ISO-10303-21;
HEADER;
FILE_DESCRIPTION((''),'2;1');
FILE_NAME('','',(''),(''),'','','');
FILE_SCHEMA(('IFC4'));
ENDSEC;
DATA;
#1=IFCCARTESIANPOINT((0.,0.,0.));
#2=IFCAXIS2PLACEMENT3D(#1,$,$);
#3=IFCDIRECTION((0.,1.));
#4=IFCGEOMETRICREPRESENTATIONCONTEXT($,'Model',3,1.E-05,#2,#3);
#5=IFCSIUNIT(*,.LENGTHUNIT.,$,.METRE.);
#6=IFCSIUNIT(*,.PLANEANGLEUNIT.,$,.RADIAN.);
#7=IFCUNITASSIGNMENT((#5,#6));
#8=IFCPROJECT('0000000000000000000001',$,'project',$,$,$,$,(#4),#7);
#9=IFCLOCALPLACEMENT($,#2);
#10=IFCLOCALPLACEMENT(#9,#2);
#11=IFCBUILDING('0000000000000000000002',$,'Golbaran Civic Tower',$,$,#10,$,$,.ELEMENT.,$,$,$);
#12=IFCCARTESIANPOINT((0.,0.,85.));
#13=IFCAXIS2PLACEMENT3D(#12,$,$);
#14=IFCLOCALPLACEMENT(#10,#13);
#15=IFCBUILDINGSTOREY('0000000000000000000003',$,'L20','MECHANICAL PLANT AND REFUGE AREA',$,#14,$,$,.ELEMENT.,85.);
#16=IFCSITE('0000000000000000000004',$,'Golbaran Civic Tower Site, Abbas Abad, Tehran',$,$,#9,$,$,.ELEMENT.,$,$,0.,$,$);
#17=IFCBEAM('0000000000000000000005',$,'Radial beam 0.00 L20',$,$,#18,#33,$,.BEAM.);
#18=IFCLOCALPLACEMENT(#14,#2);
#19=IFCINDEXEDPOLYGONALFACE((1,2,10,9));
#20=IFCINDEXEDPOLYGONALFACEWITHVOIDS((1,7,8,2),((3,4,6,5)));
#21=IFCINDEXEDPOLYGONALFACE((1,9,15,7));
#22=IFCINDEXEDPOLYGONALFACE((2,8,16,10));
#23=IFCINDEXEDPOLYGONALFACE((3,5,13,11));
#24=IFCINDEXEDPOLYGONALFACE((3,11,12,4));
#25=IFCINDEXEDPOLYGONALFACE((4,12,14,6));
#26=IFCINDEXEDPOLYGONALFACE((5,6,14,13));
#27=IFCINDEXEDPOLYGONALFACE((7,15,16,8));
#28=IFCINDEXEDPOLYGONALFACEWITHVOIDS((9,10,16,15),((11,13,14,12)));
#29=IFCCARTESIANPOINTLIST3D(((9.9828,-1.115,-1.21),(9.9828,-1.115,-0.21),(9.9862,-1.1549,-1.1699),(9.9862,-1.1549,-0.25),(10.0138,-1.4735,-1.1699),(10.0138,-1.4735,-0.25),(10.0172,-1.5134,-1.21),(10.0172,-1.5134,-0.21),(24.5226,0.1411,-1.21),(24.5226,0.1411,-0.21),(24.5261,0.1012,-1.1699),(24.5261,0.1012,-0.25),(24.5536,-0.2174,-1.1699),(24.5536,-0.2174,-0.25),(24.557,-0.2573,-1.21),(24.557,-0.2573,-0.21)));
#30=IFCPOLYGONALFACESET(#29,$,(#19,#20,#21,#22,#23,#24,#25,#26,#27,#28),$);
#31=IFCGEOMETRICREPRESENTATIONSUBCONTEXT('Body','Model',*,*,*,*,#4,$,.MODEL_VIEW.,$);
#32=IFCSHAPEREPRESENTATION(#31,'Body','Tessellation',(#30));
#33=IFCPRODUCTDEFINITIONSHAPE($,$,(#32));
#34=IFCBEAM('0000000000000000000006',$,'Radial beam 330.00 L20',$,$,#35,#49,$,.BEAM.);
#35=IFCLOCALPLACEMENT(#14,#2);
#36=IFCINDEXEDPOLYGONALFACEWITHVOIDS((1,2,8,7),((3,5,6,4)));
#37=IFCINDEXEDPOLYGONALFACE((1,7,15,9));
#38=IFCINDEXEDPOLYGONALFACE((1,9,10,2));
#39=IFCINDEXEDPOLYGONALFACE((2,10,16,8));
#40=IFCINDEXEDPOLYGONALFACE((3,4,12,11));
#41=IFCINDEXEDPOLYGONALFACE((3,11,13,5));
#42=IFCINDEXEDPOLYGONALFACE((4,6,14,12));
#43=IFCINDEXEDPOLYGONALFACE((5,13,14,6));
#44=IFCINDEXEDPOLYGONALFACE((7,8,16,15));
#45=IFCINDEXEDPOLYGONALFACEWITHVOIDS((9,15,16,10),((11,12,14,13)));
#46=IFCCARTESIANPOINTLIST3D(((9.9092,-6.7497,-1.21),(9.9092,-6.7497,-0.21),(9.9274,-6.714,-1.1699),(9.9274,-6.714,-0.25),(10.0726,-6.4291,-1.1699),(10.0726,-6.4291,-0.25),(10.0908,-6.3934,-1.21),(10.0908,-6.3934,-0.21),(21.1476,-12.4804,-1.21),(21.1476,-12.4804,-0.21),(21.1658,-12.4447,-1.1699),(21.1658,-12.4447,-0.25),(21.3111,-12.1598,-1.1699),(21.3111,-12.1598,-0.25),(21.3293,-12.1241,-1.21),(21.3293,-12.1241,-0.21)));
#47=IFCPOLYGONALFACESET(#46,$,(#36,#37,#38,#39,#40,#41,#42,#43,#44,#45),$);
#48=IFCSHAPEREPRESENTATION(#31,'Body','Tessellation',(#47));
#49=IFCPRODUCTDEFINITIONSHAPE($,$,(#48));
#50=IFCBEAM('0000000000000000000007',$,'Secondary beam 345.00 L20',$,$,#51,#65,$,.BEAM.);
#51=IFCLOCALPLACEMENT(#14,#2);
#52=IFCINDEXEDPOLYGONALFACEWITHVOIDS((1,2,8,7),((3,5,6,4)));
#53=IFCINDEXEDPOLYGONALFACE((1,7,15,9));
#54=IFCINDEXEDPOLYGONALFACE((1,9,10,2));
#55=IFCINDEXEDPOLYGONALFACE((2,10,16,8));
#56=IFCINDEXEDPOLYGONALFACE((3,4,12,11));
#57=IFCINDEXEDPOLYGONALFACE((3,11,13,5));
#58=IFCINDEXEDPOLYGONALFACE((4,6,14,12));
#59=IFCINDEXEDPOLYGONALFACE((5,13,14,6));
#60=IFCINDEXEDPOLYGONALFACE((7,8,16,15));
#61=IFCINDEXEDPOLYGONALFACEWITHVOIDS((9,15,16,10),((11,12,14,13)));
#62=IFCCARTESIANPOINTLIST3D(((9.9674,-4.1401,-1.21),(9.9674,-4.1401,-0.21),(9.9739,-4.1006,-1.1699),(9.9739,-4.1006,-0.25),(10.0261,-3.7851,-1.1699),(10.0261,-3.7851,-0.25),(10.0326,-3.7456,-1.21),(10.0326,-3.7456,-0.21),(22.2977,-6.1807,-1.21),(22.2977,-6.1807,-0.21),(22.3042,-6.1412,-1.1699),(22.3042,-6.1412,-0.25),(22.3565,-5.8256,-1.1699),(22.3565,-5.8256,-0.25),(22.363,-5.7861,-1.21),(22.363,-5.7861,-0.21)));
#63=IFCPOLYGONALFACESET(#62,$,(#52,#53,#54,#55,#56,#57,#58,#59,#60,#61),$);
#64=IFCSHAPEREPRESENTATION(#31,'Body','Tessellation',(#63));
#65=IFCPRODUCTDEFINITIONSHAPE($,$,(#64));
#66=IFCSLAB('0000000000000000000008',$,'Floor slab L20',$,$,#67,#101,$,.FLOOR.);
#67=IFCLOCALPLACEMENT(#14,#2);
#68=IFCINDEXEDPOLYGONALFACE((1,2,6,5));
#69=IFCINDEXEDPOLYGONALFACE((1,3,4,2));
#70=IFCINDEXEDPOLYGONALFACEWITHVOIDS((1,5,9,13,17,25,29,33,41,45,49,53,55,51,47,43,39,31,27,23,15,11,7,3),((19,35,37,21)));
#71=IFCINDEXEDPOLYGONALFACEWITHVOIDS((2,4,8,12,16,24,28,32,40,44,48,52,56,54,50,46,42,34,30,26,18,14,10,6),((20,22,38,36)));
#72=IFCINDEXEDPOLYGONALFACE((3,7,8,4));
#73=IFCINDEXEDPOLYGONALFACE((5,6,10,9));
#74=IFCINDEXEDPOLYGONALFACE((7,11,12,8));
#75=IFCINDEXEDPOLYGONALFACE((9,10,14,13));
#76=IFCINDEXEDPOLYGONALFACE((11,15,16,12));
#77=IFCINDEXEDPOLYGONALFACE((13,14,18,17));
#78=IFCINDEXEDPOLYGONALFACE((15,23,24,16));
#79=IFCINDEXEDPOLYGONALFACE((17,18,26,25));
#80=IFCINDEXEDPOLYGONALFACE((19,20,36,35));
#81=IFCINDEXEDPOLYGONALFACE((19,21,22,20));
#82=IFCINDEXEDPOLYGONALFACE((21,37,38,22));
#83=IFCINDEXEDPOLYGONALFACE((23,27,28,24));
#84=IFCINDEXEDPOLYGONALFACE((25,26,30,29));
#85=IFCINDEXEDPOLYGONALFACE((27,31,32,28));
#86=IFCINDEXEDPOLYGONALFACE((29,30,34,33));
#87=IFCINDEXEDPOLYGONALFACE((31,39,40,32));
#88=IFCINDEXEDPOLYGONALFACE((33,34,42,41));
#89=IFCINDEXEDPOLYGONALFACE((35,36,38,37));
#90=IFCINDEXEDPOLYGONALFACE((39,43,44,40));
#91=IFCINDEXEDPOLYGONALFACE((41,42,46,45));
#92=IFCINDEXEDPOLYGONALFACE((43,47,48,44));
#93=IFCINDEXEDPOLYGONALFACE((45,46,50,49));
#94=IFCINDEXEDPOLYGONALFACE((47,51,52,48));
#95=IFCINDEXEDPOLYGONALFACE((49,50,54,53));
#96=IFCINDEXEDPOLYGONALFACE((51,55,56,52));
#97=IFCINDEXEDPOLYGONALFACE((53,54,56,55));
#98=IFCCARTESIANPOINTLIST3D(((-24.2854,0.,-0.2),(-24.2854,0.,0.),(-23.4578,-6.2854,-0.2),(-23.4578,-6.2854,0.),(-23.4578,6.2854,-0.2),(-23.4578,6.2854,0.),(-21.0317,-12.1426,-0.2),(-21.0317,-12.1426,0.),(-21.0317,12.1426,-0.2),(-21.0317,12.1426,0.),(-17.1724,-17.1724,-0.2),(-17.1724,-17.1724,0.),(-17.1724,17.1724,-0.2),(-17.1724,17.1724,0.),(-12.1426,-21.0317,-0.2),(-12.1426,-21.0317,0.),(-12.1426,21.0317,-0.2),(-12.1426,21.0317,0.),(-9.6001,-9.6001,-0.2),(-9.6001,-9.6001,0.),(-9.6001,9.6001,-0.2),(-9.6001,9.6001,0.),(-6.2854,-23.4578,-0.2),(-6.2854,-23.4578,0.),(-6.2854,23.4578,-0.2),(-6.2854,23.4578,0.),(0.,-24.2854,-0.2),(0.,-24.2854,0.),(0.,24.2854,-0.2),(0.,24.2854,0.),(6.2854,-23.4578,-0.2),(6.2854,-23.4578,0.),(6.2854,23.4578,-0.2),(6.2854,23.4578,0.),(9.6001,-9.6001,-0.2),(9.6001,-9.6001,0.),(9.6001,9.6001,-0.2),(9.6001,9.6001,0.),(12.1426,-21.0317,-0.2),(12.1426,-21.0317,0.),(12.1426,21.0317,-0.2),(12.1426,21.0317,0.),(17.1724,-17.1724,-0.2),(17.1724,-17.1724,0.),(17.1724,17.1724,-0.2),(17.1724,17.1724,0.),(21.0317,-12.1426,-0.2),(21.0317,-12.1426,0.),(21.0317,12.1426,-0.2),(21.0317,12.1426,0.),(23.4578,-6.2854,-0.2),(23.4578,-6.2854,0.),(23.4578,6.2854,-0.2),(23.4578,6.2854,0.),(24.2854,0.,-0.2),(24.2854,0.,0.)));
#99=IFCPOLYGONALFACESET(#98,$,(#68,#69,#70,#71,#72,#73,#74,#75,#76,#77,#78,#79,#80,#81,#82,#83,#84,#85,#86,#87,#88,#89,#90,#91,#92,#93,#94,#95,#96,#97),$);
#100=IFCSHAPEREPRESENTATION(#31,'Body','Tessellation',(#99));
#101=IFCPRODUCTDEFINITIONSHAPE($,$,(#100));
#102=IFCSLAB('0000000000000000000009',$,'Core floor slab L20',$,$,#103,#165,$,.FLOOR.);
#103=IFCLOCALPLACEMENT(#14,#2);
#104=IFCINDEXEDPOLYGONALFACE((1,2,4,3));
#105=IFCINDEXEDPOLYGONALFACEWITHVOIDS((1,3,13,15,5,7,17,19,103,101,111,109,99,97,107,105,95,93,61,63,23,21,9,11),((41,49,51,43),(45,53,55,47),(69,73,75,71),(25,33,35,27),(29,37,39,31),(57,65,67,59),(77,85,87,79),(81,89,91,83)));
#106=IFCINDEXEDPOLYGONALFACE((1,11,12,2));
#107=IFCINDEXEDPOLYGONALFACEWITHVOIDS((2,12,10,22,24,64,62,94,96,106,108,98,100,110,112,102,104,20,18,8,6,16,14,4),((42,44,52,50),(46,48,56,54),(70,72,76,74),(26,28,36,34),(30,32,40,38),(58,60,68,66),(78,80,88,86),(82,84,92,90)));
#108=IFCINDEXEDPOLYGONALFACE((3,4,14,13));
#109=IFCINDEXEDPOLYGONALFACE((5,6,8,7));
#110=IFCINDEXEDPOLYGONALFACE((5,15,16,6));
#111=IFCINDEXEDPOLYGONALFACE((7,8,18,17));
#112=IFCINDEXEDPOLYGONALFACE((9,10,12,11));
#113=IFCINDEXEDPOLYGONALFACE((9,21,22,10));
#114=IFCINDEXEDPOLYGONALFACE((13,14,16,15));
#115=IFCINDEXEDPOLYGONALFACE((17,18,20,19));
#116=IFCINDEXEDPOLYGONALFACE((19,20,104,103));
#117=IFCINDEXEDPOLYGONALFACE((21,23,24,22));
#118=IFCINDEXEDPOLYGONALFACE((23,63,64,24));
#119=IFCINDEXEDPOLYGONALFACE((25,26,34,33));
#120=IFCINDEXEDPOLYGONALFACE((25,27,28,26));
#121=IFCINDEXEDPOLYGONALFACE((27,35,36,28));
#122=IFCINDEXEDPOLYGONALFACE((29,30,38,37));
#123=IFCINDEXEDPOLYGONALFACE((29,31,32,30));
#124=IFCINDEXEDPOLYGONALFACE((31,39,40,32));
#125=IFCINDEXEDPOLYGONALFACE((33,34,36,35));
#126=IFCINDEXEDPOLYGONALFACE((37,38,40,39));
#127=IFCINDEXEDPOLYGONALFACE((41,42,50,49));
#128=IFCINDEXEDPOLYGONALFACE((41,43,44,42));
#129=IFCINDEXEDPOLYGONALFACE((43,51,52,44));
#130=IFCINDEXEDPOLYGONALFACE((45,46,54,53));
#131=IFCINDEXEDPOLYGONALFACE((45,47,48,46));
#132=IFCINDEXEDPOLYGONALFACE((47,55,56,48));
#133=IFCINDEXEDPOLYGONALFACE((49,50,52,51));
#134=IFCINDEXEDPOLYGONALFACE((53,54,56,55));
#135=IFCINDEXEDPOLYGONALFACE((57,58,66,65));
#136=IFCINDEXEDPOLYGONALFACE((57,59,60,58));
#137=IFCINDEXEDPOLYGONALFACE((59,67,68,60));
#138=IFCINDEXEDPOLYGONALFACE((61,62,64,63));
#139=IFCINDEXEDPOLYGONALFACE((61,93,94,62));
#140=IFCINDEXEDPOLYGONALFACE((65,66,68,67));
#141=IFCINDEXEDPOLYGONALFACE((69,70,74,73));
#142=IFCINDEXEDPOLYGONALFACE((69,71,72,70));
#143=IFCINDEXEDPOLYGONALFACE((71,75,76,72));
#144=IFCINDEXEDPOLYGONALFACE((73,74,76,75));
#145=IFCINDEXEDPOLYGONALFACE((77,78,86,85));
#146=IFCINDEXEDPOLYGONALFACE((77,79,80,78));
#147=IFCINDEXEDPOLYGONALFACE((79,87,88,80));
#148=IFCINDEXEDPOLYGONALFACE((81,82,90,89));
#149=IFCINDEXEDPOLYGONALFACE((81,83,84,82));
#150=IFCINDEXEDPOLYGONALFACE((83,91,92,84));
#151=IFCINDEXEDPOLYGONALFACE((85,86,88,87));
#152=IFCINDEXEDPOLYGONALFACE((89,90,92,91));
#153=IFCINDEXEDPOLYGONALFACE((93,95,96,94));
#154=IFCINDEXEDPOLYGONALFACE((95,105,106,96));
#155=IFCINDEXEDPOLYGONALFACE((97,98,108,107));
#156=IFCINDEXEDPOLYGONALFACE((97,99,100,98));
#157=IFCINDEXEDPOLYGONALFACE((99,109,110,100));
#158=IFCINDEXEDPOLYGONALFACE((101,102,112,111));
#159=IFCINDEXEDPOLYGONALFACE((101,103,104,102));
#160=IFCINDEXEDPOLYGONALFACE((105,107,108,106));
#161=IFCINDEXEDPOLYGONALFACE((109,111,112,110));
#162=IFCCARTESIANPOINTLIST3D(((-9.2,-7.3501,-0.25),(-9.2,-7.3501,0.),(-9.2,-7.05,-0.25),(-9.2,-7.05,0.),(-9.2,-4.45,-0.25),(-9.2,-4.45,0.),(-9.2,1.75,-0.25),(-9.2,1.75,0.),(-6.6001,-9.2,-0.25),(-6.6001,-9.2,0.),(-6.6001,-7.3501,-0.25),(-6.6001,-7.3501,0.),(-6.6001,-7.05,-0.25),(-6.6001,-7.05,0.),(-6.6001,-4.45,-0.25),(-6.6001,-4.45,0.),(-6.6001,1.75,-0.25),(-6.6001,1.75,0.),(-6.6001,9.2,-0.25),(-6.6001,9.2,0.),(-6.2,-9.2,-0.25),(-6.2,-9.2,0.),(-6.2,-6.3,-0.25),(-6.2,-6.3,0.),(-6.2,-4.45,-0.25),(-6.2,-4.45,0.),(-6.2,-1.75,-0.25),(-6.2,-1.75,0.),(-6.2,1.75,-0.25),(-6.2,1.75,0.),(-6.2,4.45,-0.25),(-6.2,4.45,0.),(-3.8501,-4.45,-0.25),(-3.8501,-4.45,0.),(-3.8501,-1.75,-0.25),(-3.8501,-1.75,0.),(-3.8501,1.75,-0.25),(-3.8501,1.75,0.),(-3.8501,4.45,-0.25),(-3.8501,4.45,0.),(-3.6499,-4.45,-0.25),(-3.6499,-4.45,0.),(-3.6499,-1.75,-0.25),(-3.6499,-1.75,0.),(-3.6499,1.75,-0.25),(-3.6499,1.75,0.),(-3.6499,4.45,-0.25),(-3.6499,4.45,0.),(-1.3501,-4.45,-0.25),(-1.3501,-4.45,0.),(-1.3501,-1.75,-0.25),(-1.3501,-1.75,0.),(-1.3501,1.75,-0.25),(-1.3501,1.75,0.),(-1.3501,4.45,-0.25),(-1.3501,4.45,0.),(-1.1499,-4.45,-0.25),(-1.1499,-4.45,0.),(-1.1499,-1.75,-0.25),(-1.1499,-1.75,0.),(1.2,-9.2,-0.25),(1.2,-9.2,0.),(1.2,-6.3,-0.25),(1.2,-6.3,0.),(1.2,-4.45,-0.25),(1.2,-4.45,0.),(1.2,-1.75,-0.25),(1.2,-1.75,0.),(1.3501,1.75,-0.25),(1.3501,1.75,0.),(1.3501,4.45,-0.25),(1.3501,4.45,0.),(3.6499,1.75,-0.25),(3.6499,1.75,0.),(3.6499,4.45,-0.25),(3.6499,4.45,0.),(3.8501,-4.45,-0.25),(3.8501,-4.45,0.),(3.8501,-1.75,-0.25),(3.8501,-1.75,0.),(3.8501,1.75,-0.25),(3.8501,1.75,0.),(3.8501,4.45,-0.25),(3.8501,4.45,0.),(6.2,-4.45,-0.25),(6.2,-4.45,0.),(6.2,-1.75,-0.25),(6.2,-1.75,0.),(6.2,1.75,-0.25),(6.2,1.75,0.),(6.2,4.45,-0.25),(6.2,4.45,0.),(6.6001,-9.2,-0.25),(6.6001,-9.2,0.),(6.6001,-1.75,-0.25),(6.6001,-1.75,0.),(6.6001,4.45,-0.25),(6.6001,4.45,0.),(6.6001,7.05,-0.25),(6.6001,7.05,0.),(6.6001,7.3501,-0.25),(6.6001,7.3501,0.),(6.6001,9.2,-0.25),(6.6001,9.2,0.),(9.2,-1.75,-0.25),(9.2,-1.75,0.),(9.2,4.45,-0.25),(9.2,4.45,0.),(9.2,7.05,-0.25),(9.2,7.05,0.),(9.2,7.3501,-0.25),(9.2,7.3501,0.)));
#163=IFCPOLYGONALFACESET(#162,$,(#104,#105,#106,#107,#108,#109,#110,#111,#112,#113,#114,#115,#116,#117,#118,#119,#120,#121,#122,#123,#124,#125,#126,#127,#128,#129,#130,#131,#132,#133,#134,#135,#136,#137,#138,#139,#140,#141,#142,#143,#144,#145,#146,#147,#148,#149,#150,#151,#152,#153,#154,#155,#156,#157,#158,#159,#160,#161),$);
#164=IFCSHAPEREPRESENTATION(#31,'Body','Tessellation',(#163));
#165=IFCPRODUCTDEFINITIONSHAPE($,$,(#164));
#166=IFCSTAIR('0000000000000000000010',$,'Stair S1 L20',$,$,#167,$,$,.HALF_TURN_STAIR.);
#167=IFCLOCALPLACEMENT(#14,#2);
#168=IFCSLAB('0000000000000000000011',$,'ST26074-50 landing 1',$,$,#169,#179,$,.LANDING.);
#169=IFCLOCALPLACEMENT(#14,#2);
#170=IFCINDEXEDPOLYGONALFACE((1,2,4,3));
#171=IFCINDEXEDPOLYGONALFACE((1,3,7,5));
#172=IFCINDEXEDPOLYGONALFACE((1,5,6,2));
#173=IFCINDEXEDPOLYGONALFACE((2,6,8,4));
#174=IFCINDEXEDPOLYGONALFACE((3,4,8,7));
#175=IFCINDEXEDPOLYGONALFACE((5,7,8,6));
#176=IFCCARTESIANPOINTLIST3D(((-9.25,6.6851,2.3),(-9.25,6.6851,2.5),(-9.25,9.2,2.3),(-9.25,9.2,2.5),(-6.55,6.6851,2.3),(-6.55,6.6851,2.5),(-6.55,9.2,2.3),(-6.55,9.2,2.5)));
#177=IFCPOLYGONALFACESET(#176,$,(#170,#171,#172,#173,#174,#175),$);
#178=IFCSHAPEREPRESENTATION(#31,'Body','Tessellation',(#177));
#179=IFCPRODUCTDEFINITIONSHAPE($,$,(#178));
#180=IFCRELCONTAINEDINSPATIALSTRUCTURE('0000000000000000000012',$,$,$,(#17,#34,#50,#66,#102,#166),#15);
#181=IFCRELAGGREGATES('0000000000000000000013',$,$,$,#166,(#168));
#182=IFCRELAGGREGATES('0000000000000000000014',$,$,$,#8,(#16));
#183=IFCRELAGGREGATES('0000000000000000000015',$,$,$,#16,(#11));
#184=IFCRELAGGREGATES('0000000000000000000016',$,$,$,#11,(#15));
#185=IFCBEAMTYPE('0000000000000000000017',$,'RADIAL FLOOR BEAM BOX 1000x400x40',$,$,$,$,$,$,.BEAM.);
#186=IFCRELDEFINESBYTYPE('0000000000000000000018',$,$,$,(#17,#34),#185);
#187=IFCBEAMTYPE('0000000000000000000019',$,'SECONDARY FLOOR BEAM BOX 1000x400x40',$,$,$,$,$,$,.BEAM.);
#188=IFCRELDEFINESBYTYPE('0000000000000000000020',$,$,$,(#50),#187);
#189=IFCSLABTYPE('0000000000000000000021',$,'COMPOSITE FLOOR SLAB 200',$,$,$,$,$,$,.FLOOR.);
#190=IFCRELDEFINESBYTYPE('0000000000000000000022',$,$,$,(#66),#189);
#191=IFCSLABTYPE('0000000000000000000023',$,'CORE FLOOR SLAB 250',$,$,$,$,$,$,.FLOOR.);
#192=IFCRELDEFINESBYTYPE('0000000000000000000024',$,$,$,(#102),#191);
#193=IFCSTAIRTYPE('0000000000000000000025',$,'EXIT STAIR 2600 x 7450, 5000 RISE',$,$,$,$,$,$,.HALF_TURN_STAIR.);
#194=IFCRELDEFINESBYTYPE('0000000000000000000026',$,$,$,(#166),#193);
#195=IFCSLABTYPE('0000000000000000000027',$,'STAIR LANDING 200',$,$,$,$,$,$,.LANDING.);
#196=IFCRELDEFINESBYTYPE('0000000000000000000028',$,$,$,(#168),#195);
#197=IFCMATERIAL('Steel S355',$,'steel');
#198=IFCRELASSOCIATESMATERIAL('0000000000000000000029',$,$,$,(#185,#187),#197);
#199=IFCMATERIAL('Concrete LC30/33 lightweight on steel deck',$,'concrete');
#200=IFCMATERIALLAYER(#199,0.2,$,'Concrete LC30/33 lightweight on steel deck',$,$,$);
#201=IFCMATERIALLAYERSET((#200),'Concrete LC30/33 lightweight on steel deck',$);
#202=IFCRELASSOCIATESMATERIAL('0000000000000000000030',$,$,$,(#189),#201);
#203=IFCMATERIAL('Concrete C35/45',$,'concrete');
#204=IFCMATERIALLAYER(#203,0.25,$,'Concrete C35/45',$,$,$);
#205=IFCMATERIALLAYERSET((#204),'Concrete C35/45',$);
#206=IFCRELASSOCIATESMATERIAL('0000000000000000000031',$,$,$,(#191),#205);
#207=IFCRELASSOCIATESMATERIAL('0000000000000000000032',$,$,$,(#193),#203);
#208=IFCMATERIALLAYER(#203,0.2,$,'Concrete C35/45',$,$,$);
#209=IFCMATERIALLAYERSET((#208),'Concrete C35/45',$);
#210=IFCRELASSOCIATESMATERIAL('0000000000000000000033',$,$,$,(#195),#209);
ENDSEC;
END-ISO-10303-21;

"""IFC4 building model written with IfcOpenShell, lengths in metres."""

from ifc_helpers import new_model, si_unit, direction, frame, origin, origin_2d, place, context, subcontext, project, spatial, polyline, hollow_rectangle, outline, extrude, material, layer, layer_set, material_profile, profile_set, type_object, element, aggregate, save


model = new_model("IFC4")

# Units and contexts
model_context = context("Model", 3, precision=1e-05, world=origin(), true_north=direction((0.0, 1.0)))
body_context = subcontext(model_context, "Body", "Model", "MODEL_VIEW")
ifc_project = project(units=[si_unit("LENGTHUNIT", "METRE"), si_unit("PLANEANGLEUNIT", "RADIAN")], contexts=[model_context])

# Site, building, storey
site_placement = place(None, origin())
site = spatial("IfcSite", under=ifc_project, at=site_placement, Name="Golbaran Civic Tower Site, Abbas Abad, Tehran", CompositionType="ELEMENT", RefElevation=0.0)
building_placement = place(site_placement, origin())
building = spatial("IfcBuilding", under=site, at=building_placement, Name="Golbaran Civic Tower", CompositionType="ELEMENT")
storey_placement = place(building_placement, frame((0.0, 0.0, 85.0)))
storey = spatial("IfcBuildingStorey", under=building, at=storey_placement, Name="L20", Description="MECHANICAL PLANT AND REFUGE AREA", CompositionType="ELEMENT", Elevation=85.0)

# Beams
ifc_material_1 = material(Name="Steel S355", Category="steel")
ifc_material_profile_1 = material_profile(ifc_material_1, hollow_rectangle(XDim=0.3999, YDim=1.0, WallThickness=0.04, at=origin_2d()), Name="BOX 1000x400x40")
ifc_profile_set_1 = profile_set([ifc_material_profile_1], Name="Steel S355")
beam_type_1 = type_object("IfcBeamType", Name="RADIAL FLOOR BEAM BOX 1000x400x40", PredefinedType="BEAM", material=ifc_profile_set_1)
beam_1_placement = place(storey_placement, frame((10.0, -1.3142, -0.71), z_axis=(0.996289, 0.08607, 0.0), x_axis=(-0.08607, 0.996289, 0.0)))
element("IfcBeam", 1, at=beam_1_placement, inside=storey, type_object=beam_type_1, Name="Radial beam 0.00 L20", PredefinedType="BEAM", context=body_context, shape_type="SweptSolid", body=[
    extrude(hollow_rectangle(XDim=0.3999, YDim=1.0, WallThickness=0.04, at=origin_2d()), origin(), (0.0, 0.0, 1.0), 14.594),
])
beam_2_placement = place(storey_placement, frame((10.0, -6.5715, -0.71), z_axis=(0.890865, -0.454267, 0.0), x_axis=(0.454267, 0.890865, 0.0)))
element("IfcBeam", 2, at=beam_2_placement, inside=storey, type_object=beam_type_1, Name="Radial beam 330.00 L20", PredefinedType="BEAM", context=body_context, shape_type="SweptSolid", body=[
    extrude(hollow_rectangle(XDim=0.3999, YDim=1.0, WallThickness=0.04, at=origin_2d()), origin(), (0.0, 0.0, 1.0), 12.6152),
])
ifc_material_profile_2 = material_profile(ifc_material_1, hollow_rectangle(XDim=0.3999, YDim=1.0, WallThickness=0.04, at=origin_2d()), Name="BOX 1000x400x40")
ifc_profile_set_2 = profile_set([ifc_material_profile_2], Name="Steel S355")
beam_type_2 = type_object("IfcBeamType", Name="SECONDARY FLOOR BEAM BOX 1000x400x40", PredefinedType="BEAM", material=ifc_profile_set_2)
beam_3_placement = place(storey_placement, frame((10.0, -3.9429, -0.71), z_axis=(0.986582, -0.163268, 0.0), x_axis=(0.163268, 0.986582, 0.0)))
element("IfcBeam", 3, at=beam_3_placement, inside=storey, type_object=beam_type_2, Name="Secondary beam 345.00 L20", PredefinedType="BEAM", context=body_context, shape_type="SweptSolid", body=[
    extrude(hollow_rectangle(XDim=0.3999, YDim=1.0, WallThickness=0.04, at=origin_2d()), origin(), (0.0, 0.0, 1.0), 12.498),
])

# Slabs
ifc_material_2 = material(Name="Concrete LC30/33 lightweight on steel deck", Category="concrete")
ifc_layer_1 = layer(ifc_material_2, 0.2, Name="Concrete LC30/33 lightweight on steel deck")
ifc_layer_set_1 = layer_set([ifc_layer_1], Name="Concrete LC30/33 lightweight on steel deck")
slab_type_1 = type_object("IfcSlabType", Name="COMPOSITE FLOOR SLAB 200", PredefinedType="FLOOR", material=ifc_layer_set_1)
slab_1_placement = place(storey_placement, frame((0.0, 0.0, -0.2)))
element("IfcSlab", 4, at=slab_1_placement, inside=storey, type_object=slab_type_1, Name="Floor slab L20", PredefinedType="FLOOR", context=body_context, shape_type="SweptSolid", body=[
    extrude(outline(polyline([(21.0317, -12.1426), (17.1724, -17.1724), (12.1426, -21.0317), (6.2854, -23.4578), (0.0, -24.2854), (-6.2854, -23.4578), (-12.1426, -21.0317), (-17.1724, -17.1724), (-21.0317, -12.1426), (-23.4578, -6.2854), (-24.2854, 0.0), (-23.4578, 6.2854), (-21.0317, 12.1426), (-17.1724, 17.1724), (-12.1426, 21.0317), (-6.2854, 23.4578), (0.0, 24.2854), (6.2854, 23.4578), (12.1426, 21.0317), (17.1724, 17.1724), (21.0317, 12.1426), (23.4578, 6.2854), (24.2854, 0.0), (23.4578, -6.2854), (21.0317, -12.1426)]), holes=[polyline([(-9.6001, 9.6001), (-9.6001, -9.6001), (9.6001, -9.6001), (9.6001, 9.6001), (-9.6001, 9.6001)])]), origin(), (0.0, 0.0, 1.0), 0.2),
])
ifc_material_3 = material(Name="Concrete C35/45", Category="concrete")
ifc_layer_2 = layer(ifc_material_3, 0.25, Name="Concrete C35/45")
ifc_layer_set_2 = layer_set([ifc_layer_2], Name="Concrete C35/45")
slab_type_2 = type_object("IfcSlabType", Name="CORE FLOOR SLAB 250", PredefinedType="FLOOR", material=ifc_layer_set_2)
slab_2_placement = place(storey_placement, frame((0.0, 0.0, -0.25)))
element("IfcSlab", 5, at=slab_2_placement, inside=storey, type_object=slab_type_2, Name="Core floor slab L20", PredefinedType="FLOOR", context=body_context, shape_type="SweptSolid", body=[
    extrude(outline(polyline([(6.6001, -1.75), (6.6001, -9.2), (1.2, -9.2), (1.2, -6.3), (-6.2, -6.3), (-6.2, -9.2), (-6.6001, -9.2), (-6.6001, -7.3501), (-9.2, -7.3501), (-9.2, -7.05), (-6.6001, -7.05), (-6.6001, -4.45), (-9.2, -4.45), (-9.2, 1.75), (-6.6001, 1.75), (-6.6001, 9.2), (6.6001, 9.2), (6.6001, 7.3501), (9.2, 7.3501), (9.2, 7.05), (6.6001, 7.05), (6.6001, 4.45), (9.2, 4.45), (9.2, -1.75), (6.6001, -1.75)]), holes=[polyline([(6.2, -1.75), (3.8501, -1.75), (3.8501, -4.45), (6.2, -4.45), (6.2, -1.75)]), polyline([(6.2, 4.45), (3.8501, 4.45), (3.8501, 1.75), (6.2, 1.75), (6.2, 4.45)]), polyline([(3.6499, 4.45), (1.3501, 4.45), (1.3501, 1.75), (3.6499, 1.75), (3.6499, 4.45)]), polyline([(1.2, -1.75), (-1.1499, -1.75), (-1.1499, -4.45), (1.2, -4.45), (1.2, -1.75)]), polyline([(-1.3501, 4.45), (-3.6499, 4.45), (-3.6499, 1.75), (-1.3501, 1.75), (-1.3501, 4.45)]), polyline([(-1.3501, -1.75), (-3.6499, -1.75), (-3.6499, -4.45), (-1.3501, -4.45), (-1.3501, -1.75)]), polyline([(-3.8501, -1.75), (-6.2, -1.75), (-6.2, -4.45), (-3.8501, -4.45), (-3.8501, -1.75)]), polyline([(-3.8501, 4.45), (-6.2, 4.45), (-6.2, 1.75), (-3.8501, 1.75), (-3.8501, 4.45)])]), origin(), (0.0, 0.0, 1.0), 0.25),
])

# Stair, slab
stair_type = type_object("IfcStairType", Name="EXIT STAIR 2600 x 7450, 5000 RISE", PredefinedType="HALF_TURN_STAIR", material=ifc_material_3)
stair_1_placement = place(storey_placement, origin())
stair_1 = element("IfcStair", 6, at=stair_1_placement, inside=storey, type_object=stair_type, Name="Stair S1 L20", PredefinedType="HALF_TURN_STAIR")
ifc_layer_3 = layer(ifc_material_3, 0.2, Name="Concrete C35/45")
ifc_layer_set_3 = layer_set([ifc_layer_3], Name="Concrete C35/45")
slab_type_3 = type_object("IfcSlabType", Name="STAIR LANDING 200", PredefinedType="LANDING", material=ifc_layer_set_3)
slab_3_placement = place(storey_placement, frame((0.0, 0.0, 2.3)))
slab_3 = element("IfcSlab", 7, at=slab_3_placement, type_object=slab_type_3, Name="ST26074-50 landing 1", PredefinedType="LANDING", context=body_context, shape_type="SweptSolid", body=[
    extrude(outline(polyline([(-9.25, 6.6851), (-9.25, 9.2), (-6.55, 9.2), (-6.55, 6.6851), (-9.25, 6.6851)])), origin(), (0.0, 0.0, 1.0), 0.2),
])
aggregate(stair_1, [slab_3])

save(model, "model.ifc")
